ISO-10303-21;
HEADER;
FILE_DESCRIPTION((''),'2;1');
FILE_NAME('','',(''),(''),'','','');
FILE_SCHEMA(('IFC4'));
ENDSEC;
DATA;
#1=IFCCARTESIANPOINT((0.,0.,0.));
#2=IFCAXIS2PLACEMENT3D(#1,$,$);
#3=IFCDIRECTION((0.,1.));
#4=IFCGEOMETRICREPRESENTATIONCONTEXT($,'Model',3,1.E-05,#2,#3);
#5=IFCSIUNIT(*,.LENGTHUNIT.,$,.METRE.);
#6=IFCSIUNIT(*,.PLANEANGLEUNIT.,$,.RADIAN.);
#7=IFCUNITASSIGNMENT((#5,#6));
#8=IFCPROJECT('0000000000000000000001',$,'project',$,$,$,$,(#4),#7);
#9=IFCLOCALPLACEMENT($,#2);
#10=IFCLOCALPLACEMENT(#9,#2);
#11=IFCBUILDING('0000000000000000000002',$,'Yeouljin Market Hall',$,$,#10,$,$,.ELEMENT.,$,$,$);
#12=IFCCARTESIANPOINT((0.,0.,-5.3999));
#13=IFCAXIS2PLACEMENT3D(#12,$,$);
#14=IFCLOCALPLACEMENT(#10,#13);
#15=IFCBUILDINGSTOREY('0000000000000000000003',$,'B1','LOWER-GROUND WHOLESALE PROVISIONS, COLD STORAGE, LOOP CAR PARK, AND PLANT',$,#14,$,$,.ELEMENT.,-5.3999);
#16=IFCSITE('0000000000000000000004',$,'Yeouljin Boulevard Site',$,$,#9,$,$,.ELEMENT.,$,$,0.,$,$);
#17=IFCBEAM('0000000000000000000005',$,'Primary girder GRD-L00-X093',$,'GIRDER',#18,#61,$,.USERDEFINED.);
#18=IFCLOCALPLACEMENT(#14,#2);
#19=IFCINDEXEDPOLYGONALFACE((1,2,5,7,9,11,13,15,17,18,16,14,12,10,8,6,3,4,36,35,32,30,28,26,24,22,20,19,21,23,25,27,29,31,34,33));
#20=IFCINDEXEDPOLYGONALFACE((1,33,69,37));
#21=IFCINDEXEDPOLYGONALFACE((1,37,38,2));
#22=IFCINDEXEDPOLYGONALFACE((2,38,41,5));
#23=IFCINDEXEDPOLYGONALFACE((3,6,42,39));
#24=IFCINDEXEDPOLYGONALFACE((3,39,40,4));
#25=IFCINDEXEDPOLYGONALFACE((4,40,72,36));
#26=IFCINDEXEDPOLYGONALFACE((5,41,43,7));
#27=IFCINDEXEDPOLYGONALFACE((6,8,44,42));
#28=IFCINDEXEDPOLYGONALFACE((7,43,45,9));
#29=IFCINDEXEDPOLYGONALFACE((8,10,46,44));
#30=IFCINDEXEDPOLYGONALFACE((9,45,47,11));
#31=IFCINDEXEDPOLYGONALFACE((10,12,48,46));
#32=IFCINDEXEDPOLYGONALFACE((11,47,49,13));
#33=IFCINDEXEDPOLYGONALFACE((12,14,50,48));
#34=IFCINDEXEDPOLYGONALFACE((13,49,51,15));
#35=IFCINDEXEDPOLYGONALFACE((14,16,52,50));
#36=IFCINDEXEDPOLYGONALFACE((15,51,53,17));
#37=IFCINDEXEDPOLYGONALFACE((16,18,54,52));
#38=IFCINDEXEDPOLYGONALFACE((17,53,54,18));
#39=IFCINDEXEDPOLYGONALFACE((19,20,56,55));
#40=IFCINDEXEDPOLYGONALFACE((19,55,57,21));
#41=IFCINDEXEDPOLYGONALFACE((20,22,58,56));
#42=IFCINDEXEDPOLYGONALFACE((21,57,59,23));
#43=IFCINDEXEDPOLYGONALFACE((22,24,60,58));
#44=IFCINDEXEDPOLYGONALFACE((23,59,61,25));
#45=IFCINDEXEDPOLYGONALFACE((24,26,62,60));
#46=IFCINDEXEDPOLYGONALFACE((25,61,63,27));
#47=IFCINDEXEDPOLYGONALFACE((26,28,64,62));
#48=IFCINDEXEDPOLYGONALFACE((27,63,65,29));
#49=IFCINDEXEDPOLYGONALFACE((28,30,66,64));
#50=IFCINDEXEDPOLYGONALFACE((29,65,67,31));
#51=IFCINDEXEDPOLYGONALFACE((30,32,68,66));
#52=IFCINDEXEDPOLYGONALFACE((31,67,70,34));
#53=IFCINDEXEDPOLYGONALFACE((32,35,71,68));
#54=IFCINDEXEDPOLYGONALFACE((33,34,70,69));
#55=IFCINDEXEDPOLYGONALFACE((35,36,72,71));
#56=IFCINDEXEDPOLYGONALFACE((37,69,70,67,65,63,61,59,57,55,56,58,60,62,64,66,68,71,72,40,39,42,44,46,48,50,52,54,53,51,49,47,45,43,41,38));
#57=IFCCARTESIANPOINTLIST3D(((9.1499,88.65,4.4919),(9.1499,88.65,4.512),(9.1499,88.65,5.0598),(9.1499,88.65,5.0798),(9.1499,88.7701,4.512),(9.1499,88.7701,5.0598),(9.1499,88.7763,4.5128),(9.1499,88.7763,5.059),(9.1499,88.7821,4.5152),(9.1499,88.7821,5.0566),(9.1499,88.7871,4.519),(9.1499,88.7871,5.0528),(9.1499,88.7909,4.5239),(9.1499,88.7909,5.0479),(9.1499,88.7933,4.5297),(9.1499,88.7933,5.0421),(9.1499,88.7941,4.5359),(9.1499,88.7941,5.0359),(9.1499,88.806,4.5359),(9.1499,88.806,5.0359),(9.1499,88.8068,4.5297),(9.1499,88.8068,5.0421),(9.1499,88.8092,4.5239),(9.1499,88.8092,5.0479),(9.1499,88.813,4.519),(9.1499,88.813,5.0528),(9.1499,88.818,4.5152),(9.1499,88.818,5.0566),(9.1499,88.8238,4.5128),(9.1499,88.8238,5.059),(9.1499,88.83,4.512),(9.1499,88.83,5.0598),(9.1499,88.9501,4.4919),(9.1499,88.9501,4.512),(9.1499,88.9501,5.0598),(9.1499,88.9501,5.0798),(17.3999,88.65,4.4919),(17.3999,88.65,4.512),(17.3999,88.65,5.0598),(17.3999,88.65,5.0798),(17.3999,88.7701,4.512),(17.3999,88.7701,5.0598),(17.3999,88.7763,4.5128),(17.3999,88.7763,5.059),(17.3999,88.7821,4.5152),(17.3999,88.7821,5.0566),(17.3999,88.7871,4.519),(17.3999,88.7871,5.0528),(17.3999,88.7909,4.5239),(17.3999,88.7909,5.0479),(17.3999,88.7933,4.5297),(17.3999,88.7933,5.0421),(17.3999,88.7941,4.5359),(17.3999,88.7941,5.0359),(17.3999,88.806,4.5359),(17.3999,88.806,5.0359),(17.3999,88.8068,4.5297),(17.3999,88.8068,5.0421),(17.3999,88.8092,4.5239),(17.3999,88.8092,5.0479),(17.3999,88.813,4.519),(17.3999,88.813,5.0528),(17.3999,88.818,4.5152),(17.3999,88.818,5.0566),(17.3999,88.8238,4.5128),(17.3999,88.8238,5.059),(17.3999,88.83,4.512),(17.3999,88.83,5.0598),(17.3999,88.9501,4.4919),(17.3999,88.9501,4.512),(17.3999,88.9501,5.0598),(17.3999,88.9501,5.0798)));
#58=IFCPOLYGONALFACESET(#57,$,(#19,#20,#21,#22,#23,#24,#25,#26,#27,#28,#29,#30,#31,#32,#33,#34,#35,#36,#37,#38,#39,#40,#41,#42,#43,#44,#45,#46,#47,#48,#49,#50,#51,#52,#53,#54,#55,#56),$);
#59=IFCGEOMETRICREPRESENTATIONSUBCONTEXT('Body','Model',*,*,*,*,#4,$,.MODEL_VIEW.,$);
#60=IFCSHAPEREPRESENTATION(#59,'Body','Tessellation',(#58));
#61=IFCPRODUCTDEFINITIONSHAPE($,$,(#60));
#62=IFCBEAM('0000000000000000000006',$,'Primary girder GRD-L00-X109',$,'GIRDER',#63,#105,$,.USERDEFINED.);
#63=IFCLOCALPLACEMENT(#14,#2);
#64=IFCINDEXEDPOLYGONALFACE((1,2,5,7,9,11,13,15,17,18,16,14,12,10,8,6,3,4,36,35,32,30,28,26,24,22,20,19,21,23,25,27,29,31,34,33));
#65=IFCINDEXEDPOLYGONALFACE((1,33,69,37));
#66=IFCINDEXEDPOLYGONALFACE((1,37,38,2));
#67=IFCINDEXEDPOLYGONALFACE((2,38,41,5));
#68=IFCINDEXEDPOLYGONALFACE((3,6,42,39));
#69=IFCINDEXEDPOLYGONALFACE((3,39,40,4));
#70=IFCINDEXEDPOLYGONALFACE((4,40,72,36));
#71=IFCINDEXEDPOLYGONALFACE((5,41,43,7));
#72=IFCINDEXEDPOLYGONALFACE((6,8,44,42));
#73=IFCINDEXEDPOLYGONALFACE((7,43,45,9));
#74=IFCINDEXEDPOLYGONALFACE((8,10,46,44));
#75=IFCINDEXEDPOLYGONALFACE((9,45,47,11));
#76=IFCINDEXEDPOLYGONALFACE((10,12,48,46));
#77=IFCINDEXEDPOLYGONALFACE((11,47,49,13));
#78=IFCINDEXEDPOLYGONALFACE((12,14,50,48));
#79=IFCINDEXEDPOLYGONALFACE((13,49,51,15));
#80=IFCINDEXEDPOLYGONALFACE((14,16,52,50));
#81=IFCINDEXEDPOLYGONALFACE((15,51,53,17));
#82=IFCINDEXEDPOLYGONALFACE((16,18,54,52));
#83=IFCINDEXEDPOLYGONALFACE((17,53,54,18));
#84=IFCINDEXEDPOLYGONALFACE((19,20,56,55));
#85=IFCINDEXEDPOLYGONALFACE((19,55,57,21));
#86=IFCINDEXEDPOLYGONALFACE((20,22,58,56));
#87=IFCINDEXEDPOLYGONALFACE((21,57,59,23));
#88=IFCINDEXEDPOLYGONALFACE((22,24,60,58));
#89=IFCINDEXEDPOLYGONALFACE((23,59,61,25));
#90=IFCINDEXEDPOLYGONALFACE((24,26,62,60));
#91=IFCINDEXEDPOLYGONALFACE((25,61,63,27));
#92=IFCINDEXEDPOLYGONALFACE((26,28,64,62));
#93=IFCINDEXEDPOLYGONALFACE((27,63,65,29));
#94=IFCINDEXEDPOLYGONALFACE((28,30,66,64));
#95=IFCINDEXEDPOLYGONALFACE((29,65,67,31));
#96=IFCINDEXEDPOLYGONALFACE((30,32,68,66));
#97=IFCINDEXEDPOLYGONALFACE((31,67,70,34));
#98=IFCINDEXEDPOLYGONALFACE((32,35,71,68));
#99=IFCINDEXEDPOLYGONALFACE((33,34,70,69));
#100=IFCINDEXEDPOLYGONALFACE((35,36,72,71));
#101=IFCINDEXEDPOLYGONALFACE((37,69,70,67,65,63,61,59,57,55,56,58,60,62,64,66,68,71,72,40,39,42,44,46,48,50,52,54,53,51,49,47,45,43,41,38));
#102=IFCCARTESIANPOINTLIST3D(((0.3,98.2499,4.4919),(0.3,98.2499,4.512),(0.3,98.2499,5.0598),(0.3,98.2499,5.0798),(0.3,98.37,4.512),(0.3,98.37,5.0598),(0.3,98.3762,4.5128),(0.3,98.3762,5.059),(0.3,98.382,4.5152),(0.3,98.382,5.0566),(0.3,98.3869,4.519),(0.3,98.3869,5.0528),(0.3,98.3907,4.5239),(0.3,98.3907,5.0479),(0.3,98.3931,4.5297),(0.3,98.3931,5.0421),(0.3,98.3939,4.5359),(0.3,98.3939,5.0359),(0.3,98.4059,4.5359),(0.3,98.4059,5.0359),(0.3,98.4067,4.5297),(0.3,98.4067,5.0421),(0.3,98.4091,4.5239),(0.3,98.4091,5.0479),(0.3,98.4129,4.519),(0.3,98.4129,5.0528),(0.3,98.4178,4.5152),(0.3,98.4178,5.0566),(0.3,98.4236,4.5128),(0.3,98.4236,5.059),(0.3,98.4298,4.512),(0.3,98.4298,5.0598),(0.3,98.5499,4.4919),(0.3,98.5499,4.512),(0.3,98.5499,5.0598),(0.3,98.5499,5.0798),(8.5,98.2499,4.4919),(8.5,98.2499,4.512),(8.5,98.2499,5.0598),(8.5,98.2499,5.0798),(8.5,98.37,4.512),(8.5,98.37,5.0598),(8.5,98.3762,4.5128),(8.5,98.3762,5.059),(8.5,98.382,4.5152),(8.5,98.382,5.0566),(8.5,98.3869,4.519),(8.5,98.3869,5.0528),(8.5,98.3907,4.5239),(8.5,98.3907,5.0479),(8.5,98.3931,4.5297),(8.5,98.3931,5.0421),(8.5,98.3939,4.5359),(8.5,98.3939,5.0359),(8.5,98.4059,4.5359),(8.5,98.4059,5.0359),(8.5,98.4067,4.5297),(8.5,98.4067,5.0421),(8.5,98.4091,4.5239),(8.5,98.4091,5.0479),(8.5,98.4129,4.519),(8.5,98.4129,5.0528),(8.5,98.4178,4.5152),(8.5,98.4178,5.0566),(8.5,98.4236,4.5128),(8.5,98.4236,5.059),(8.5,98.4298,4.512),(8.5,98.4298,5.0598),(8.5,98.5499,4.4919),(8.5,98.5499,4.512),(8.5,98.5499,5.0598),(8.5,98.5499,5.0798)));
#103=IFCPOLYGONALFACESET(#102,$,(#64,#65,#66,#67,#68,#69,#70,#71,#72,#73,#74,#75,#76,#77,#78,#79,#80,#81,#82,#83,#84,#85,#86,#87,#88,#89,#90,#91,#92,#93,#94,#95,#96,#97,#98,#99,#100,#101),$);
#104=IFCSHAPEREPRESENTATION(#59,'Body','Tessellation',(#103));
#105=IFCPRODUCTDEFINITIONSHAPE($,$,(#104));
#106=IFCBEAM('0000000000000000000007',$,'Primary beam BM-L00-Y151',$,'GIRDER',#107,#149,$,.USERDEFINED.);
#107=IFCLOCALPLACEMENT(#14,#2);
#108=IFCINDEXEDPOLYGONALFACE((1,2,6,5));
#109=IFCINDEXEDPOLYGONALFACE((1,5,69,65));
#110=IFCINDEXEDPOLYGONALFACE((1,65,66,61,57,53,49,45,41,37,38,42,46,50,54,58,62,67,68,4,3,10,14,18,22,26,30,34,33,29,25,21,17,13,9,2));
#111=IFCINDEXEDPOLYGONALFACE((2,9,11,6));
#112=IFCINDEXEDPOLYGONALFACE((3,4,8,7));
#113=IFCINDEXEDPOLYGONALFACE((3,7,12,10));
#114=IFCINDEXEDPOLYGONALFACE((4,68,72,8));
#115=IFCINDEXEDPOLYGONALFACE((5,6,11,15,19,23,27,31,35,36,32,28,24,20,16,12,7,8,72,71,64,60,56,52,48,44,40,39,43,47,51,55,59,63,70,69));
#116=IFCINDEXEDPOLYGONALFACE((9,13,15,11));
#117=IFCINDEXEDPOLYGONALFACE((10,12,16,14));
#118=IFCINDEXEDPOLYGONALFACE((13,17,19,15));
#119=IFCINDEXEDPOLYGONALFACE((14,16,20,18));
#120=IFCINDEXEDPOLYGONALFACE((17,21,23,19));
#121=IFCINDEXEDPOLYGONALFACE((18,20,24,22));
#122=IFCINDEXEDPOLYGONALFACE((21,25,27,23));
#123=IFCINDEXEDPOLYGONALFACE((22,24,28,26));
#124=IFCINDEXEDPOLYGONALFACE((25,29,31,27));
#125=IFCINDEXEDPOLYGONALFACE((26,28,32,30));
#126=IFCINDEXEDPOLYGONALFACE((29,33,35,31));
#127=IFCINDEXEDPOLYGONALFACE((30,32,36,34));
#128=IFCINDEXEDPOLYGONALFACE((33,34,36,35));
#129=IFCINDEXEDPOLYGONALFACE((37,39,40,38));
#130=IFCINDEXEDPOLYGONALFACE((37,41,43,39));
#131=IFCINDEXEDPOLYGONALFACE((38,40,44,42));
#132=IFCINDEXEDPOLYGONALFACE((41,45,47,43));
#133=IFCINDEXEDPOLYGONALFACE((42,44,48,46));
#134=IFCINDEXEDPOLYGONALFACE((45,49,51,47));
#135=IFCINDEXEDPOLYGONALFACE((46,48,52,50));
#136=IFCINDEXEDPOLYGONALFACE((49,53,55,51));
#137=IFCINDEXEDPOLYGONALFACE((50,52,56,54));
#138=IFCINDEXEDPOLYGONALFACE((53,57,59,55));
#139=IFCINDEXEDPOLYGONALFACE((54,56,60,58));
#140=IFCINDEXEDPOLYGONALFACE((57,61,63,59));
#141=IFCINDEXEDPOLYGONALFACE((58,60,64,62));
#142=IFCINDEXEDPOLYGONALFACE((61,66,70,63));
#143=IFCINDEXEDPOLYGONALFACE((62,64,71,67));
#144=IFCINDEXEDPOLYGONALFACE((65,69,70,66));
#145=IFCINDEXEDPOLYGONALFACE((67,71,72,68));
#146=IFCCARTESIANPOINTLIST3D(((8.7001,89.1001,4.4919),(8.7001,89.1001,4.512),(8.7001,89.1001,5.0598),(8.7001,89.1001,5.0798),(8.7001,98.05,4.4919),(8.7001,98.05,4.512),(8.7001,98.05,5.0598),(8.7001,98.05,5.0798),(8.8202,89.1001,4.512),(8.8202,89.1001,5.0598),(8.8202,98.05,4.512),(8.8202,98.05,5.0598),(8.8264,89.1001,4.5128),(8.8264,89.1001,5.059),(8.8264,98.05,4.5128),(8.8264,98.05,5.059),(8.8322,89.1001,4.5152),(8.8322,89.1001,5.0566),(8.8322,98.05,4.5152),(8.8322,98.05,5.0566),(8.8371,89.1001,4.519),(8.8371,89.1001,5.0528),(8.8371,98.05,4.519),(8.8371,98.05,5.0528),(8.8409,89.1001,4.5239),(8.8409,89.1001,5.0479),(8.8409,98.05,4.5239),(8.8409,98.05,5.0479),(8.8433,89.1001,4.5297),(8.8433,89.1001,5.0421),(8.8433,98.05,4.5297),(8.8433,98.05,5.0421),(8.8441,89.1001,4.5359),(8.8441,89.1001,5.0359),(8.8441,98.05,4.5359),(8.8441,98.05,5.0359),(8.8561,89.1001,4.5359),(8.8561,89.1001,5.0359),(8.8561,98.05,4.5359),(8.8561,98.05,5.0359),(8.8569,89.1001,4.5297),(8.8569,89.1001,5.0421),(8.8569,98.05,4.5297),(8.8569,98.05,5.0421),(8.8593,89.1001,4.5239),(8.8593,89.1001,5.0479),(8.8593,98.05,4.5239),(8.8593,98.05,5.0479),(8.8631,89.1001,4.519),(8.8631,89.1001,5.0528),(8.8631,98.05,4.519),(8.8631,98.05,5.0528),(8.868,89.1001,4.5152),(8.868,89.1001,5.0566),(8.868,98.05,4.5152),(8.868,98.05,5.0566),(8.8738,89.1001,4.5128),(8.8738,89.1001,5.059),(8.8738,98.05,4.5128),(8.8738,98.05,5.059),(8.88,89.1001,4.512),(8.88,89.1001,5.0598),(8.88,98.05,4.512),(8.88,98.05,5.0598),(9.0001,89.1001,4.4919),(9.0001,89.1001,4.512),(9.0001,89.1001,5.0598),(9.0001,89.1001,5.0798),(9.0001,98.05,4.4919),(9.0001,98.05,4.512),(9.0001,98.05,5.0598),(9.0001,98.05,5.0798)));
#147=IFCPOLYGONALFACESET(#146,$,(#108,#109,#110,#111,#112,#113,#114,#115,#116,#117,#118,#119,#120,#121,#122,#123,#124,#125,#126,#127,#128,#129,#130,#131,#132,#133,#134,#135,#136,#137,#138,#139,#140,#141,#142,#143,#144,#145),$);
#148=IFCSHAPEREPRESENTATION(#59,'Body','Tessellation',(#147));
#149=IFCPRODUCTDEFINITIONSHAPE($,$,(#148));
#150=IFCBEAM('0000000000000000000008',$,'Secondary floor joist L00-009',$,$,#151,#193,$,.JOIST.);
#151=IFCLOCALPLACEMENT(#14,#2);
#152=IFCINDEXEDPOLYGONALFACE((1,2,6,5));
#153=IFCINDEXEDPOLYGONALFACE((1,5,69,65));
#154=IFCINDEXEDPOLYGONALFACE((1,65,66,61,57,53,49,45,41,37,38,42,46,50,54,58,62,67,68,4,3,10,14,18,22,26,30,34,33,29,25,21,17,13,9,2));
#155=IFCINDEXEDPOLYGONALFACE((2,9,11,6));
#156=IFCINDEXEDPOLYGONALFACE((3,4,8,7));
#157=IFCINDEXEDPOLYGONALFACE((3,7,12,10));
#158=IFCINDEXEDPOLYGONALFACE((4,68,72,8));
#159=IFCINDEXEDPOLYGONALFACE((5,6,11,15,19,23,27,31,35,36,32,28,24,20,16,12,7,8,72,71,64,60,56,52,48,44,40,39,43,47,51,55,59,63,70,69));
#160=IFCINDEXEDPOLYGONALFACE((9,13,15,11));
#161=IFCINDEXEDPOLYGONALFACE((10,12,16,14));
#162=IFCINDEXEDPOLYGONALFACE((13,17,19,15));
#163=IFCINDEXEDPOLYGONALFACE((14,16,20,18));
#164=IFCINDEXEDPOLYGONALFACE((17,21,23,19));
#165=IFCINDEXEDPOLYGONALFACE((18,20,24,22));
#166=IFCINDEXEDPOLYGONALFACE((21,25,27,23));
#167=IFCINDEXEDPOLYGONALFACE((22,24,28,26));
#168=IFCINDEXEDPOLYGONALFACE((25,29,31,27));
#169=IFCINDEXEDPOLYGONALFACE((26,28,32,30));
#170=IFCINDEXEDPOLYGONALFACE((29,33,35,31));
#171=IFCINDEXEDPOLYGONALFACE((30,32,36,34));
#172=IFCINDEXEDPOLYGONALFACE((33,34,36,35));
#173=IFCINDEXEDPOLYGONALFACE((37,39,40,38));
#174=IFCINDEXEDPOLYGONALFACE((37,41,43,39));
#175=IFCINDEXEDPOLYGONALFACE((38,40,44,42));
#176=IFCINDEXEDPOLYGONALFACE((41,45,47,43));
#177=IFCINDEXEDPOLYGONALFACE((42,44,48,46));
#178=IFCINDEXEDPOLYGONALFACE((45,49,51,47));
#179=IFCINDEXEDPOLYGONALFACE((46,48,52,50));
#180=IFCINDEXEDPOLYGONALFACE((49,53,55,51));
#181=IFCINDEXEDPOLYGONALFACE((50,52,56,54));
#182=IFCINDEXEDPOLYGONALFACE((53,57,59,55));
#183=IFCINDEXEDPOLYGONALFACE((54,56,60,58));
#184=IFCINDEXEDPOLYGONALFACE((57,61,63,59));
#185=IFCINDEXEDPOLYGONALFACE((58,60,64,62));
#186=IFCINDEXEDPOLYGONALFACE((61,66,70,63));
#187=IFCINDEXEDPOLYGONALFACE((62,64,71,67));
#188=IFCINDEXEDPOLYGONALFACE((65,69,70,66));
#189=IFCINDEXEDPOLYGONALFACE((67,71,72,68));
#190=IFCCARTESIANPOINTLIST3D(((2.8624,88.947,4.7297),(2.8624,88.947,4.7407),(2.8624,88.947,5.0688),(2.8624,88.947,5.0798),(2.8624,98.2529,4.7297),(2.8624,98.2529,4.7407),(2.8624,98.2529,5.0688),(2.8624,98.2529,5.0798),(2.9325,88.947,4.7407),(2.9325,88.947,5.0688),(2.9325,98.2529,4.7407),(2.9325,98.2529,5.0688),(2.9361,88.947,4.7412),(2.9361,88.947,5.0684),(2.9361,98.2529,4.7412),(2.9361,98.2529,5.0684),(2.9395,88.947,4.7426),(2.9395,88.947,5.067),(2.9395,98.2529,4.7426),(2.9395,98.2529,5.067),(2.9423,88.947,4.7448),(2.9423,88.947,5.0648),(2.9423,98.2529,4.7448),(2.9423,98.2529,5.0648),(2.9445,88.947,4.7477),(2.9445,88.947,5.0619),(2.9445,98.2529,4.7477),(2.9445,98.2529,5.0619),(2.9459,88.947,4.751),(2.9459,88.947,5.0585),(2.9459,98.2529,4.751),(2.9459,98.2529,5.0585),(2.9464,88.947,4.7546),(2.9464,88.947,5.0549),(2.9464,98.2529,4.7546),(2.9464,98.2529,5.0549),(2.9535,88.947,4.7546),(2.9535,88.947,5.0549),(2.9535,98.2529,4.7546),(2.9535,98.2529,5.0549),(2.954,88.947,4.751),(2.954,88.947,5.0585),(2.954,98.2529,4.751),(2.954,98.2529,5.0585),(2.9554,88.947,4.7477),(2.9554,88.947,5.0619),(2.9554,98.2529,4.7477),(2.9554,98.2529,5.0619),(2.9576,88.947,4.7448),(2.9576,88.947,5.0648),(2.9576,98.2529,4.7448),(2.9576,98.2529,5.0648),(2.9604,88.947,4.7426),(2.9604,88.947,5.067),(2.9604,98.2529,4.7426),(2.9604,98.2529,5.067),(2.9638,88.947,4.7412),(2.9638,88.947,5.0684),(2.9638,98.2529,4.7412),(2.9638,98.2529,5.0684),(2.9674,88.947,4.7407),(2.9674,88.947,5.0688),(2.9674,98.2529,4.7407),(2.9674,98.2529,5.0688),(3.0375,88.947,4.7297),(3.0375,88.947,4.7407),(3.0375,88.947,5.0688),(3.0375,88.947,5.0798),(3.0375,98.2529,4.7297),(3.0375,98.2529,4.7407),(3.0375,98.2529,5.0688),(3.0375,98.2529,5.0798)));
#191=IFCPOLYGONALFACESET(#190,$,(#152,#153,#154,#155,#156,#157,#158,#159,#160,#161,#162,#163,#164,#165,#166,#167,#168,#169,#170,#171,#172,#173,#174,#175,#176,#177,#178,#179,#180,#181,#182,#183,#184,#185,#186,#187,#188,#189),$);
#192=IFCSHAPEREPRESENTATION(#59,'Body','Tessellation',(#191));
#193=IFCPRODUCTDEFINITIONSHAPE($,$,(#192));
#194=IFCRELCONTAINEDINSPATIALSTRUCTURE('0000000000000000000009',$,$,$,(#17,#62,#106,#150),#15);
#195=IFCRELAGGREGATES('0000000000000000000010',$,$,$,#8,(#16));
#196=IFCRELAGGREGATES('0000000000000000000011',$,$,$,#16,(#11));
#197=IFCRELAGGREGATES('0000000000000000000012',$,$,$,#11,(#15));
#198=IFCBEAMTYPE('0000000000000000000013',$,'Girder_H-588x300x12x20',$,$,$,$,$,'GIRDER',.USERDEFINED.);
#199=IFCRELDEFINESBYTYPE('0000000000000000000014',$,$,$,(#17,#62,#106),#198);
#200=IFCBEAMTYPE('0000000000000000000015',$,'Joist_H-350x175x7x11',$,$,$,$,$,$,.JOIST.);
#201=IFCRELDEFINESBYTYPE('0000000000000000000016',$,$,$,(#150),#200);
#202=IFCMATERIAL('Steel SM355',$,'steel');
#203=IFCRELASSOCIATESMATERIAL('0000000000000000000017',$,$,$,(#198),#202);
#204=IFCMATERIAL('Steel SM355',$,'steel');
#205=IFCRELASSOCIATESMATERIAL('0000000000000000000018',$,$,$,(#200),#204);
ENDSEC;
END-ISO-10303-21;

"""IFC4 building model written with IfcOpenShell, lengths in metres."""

from ifc_helpers import new_model, si_unit, direction, frame, origin, origin_2d, place, context, subcontext, project, spatial, i_section, extrude, material, material_profile, profile_set, type_object, element, save


model = new_model("IFC4")

# Units and contexts
model_context = context("Model", 3, precision=1e-05, world=origin(), true_north=direction((0.0, 1.0)))
body_context = subcontext(model_context, "Body", "Model", "MODEL_VIEW")
ifc_project = project(units=[si_unit("LENGTHUNIT", "METRE"), si_unit("PLANEANGLEUNIT", "RADIAN")], contexts=[model_context])

# Site, building, storey
site_placement = place(None, origin())
site = spatial("IfcSite", under=ifc_project, at=site_placement, Name="Yeouljin Boulevard Site", CompositionType="ELEMENT", RefElevation=0.0)
building_placement = place(site_placement, origin())
building = spatial("IfcBuilding", under=site, at=building_placement, Name="Yeouljin Market Hall", CompositionType="ELEMENT")
storey_placement = place(building_placement, frame((0.0, 0.0, -5.3999)))
storey = spatial("IfcBuildingStorey", under=building, at=storey_placement, Name="B1", Description="LOWER-GROUND WHOLESALE PROVISIONS, COLD STORAGE, LOOP CAR PARK, AND PLANT", CompositionType="ELEMENT", Elevation=-5.3999)

# Beams
ifc_material_1 = material(Name="Steel SM355", Category="steel")
ifc_material_profile_1 = material_profile(ifc_material_1, i_section(OverallWidth=0.3, OverallDepth=0.5879, WebThickness=0.012, FlangeThickness=0.02, FilletRadius=0.0239, at=origin_2d()), Name="H-588x300x12x20")
ifc_profile_set_1 = profile_set([ifc_material_profile_1], Name="Steel SM355")
beam_type_1 = type_object("IfcBeamType", Name="Girder_H-588x300x12x20", ElementType="GIRDER", PredefinedType="USERDEFINED", material=ifc_profile_set_1)
beam_1_placement = place(storey_placement, frame((9.1499, 88.8, 4.7859), z_axis=(1.0, 0.0, 0.0), x_axis=(0.0, 1.0, 0.0)))
element("IfcBeam", 1, at=beam_1_placement, inside=storey, type_object=beam_type_1, Name="Primary girder GRD-L00-X093", ObjectType="GIRDER", PredefinedType="USERDEFINED", context=body_context, shape_type="SweptSolid", body=[
    extrude(i_section(OverallWidth=0.3, OverallDepth=0.5879, WebThickness=0.012, FlangeThickness=0.02, FilletRadius=0.0239, at=origin_2d()), origin(), (0.0, 0.0, 1.0), 8.25),
])
beam_2_placement = place(storey_placement, frame((0.3, 98.3999, 4.7859), z_axis=(1.0, 0.0, 0.0), x_axis=(0.0, 1.0, 0.0)))
element("IfcBeam", 2, at=beam_2_placement, inside=storey, type_object=beam_type_1, Name="Primary girder GRD-L00-X109", ObjectType="GIRDER", PredefinedType="USERDEFINED", context=body_context, shape_type="SweptSolid", body=[
    extrude(i_section(OverallWidth=0.3, OverallDepth=0.5879, WebThickness=0.012, FlangeThickness=0.02, FilletRadius=0.0239, at=origin_2d()), origin(), (0.0, 0.0, 1.0), 8.2),
])
beam_3_placement = place(storey_placement, frame((8.8501, 89.1001, 4.7859), z_axis=(0.0, 1.0, 0.0), x_axis=(-1.0, 0.0, 0.0)))
element("IfcBeam", 3, at=beam_3_placement, inside=storey, type_object=beam_type_1, Name="Primary beam BM-L00-Y151", ObjectType="GIRDER", PredefinedType="USERDEFINED", context=body_context, shape_type="SweptSolid", body=[
    extrude(i_section(OverallWidth=0.3, OverallDepth=0.5879, WebThickness=0.012, FlangeThickness=0.02, FilletRadius=0.0239, at=origin_2d()), origin(), (0.0, 0.0, 1.0), 8.95),
])
ifc_material_2 = material(Name="Steel SM355", Category="steel")
ifc_material_profile_2 = material_profile(ifc_material_2, i_section(OverallWidth=0.175, OverallDepth=0.3501, WebThickness=0.0071, FlangeThickness=0.011, FilletRadius=0.0139, at=origin_2d()), Name="H-350x175x7x11")
ifc_profile_set_2 = profile_set([ifc_material_profile_2], Name="Steel SM355")
beam_type_2 = type_object("IfcBeamType", Name="Joist_H-350x175x7x11", PredefinedType="JOIST", material=ifc_profile_set_2)
for number, where, z_axis, x_axis, name in (
    (4, (2.95, 88.947, 4.9048), (0.0, 1.0, 0.0), (-1.0, 0.0, 0.0), "Secondary floor joist L00-009"),
):
    element("IfcBeam", number, at=place(storey_placement, frame(where, z_axis=z_axis, x_axis=x_axis)), inside=storey, type_object=beam_type_2, Name=name, PredefinedType="JOIST", context=body_context, shape_type="SweptSolid", body=[
        extrude(i_section(OverallWidth=0.175, OverallDepth=0.3501, WebThickness=0.0071, FlangeThickness=0.011, FilletRadius=0.0139, at=origin_2d()), origin(), (0.0, 0.0, 1.0), 9.3059),
    ])

save(model, "model.ifc")
